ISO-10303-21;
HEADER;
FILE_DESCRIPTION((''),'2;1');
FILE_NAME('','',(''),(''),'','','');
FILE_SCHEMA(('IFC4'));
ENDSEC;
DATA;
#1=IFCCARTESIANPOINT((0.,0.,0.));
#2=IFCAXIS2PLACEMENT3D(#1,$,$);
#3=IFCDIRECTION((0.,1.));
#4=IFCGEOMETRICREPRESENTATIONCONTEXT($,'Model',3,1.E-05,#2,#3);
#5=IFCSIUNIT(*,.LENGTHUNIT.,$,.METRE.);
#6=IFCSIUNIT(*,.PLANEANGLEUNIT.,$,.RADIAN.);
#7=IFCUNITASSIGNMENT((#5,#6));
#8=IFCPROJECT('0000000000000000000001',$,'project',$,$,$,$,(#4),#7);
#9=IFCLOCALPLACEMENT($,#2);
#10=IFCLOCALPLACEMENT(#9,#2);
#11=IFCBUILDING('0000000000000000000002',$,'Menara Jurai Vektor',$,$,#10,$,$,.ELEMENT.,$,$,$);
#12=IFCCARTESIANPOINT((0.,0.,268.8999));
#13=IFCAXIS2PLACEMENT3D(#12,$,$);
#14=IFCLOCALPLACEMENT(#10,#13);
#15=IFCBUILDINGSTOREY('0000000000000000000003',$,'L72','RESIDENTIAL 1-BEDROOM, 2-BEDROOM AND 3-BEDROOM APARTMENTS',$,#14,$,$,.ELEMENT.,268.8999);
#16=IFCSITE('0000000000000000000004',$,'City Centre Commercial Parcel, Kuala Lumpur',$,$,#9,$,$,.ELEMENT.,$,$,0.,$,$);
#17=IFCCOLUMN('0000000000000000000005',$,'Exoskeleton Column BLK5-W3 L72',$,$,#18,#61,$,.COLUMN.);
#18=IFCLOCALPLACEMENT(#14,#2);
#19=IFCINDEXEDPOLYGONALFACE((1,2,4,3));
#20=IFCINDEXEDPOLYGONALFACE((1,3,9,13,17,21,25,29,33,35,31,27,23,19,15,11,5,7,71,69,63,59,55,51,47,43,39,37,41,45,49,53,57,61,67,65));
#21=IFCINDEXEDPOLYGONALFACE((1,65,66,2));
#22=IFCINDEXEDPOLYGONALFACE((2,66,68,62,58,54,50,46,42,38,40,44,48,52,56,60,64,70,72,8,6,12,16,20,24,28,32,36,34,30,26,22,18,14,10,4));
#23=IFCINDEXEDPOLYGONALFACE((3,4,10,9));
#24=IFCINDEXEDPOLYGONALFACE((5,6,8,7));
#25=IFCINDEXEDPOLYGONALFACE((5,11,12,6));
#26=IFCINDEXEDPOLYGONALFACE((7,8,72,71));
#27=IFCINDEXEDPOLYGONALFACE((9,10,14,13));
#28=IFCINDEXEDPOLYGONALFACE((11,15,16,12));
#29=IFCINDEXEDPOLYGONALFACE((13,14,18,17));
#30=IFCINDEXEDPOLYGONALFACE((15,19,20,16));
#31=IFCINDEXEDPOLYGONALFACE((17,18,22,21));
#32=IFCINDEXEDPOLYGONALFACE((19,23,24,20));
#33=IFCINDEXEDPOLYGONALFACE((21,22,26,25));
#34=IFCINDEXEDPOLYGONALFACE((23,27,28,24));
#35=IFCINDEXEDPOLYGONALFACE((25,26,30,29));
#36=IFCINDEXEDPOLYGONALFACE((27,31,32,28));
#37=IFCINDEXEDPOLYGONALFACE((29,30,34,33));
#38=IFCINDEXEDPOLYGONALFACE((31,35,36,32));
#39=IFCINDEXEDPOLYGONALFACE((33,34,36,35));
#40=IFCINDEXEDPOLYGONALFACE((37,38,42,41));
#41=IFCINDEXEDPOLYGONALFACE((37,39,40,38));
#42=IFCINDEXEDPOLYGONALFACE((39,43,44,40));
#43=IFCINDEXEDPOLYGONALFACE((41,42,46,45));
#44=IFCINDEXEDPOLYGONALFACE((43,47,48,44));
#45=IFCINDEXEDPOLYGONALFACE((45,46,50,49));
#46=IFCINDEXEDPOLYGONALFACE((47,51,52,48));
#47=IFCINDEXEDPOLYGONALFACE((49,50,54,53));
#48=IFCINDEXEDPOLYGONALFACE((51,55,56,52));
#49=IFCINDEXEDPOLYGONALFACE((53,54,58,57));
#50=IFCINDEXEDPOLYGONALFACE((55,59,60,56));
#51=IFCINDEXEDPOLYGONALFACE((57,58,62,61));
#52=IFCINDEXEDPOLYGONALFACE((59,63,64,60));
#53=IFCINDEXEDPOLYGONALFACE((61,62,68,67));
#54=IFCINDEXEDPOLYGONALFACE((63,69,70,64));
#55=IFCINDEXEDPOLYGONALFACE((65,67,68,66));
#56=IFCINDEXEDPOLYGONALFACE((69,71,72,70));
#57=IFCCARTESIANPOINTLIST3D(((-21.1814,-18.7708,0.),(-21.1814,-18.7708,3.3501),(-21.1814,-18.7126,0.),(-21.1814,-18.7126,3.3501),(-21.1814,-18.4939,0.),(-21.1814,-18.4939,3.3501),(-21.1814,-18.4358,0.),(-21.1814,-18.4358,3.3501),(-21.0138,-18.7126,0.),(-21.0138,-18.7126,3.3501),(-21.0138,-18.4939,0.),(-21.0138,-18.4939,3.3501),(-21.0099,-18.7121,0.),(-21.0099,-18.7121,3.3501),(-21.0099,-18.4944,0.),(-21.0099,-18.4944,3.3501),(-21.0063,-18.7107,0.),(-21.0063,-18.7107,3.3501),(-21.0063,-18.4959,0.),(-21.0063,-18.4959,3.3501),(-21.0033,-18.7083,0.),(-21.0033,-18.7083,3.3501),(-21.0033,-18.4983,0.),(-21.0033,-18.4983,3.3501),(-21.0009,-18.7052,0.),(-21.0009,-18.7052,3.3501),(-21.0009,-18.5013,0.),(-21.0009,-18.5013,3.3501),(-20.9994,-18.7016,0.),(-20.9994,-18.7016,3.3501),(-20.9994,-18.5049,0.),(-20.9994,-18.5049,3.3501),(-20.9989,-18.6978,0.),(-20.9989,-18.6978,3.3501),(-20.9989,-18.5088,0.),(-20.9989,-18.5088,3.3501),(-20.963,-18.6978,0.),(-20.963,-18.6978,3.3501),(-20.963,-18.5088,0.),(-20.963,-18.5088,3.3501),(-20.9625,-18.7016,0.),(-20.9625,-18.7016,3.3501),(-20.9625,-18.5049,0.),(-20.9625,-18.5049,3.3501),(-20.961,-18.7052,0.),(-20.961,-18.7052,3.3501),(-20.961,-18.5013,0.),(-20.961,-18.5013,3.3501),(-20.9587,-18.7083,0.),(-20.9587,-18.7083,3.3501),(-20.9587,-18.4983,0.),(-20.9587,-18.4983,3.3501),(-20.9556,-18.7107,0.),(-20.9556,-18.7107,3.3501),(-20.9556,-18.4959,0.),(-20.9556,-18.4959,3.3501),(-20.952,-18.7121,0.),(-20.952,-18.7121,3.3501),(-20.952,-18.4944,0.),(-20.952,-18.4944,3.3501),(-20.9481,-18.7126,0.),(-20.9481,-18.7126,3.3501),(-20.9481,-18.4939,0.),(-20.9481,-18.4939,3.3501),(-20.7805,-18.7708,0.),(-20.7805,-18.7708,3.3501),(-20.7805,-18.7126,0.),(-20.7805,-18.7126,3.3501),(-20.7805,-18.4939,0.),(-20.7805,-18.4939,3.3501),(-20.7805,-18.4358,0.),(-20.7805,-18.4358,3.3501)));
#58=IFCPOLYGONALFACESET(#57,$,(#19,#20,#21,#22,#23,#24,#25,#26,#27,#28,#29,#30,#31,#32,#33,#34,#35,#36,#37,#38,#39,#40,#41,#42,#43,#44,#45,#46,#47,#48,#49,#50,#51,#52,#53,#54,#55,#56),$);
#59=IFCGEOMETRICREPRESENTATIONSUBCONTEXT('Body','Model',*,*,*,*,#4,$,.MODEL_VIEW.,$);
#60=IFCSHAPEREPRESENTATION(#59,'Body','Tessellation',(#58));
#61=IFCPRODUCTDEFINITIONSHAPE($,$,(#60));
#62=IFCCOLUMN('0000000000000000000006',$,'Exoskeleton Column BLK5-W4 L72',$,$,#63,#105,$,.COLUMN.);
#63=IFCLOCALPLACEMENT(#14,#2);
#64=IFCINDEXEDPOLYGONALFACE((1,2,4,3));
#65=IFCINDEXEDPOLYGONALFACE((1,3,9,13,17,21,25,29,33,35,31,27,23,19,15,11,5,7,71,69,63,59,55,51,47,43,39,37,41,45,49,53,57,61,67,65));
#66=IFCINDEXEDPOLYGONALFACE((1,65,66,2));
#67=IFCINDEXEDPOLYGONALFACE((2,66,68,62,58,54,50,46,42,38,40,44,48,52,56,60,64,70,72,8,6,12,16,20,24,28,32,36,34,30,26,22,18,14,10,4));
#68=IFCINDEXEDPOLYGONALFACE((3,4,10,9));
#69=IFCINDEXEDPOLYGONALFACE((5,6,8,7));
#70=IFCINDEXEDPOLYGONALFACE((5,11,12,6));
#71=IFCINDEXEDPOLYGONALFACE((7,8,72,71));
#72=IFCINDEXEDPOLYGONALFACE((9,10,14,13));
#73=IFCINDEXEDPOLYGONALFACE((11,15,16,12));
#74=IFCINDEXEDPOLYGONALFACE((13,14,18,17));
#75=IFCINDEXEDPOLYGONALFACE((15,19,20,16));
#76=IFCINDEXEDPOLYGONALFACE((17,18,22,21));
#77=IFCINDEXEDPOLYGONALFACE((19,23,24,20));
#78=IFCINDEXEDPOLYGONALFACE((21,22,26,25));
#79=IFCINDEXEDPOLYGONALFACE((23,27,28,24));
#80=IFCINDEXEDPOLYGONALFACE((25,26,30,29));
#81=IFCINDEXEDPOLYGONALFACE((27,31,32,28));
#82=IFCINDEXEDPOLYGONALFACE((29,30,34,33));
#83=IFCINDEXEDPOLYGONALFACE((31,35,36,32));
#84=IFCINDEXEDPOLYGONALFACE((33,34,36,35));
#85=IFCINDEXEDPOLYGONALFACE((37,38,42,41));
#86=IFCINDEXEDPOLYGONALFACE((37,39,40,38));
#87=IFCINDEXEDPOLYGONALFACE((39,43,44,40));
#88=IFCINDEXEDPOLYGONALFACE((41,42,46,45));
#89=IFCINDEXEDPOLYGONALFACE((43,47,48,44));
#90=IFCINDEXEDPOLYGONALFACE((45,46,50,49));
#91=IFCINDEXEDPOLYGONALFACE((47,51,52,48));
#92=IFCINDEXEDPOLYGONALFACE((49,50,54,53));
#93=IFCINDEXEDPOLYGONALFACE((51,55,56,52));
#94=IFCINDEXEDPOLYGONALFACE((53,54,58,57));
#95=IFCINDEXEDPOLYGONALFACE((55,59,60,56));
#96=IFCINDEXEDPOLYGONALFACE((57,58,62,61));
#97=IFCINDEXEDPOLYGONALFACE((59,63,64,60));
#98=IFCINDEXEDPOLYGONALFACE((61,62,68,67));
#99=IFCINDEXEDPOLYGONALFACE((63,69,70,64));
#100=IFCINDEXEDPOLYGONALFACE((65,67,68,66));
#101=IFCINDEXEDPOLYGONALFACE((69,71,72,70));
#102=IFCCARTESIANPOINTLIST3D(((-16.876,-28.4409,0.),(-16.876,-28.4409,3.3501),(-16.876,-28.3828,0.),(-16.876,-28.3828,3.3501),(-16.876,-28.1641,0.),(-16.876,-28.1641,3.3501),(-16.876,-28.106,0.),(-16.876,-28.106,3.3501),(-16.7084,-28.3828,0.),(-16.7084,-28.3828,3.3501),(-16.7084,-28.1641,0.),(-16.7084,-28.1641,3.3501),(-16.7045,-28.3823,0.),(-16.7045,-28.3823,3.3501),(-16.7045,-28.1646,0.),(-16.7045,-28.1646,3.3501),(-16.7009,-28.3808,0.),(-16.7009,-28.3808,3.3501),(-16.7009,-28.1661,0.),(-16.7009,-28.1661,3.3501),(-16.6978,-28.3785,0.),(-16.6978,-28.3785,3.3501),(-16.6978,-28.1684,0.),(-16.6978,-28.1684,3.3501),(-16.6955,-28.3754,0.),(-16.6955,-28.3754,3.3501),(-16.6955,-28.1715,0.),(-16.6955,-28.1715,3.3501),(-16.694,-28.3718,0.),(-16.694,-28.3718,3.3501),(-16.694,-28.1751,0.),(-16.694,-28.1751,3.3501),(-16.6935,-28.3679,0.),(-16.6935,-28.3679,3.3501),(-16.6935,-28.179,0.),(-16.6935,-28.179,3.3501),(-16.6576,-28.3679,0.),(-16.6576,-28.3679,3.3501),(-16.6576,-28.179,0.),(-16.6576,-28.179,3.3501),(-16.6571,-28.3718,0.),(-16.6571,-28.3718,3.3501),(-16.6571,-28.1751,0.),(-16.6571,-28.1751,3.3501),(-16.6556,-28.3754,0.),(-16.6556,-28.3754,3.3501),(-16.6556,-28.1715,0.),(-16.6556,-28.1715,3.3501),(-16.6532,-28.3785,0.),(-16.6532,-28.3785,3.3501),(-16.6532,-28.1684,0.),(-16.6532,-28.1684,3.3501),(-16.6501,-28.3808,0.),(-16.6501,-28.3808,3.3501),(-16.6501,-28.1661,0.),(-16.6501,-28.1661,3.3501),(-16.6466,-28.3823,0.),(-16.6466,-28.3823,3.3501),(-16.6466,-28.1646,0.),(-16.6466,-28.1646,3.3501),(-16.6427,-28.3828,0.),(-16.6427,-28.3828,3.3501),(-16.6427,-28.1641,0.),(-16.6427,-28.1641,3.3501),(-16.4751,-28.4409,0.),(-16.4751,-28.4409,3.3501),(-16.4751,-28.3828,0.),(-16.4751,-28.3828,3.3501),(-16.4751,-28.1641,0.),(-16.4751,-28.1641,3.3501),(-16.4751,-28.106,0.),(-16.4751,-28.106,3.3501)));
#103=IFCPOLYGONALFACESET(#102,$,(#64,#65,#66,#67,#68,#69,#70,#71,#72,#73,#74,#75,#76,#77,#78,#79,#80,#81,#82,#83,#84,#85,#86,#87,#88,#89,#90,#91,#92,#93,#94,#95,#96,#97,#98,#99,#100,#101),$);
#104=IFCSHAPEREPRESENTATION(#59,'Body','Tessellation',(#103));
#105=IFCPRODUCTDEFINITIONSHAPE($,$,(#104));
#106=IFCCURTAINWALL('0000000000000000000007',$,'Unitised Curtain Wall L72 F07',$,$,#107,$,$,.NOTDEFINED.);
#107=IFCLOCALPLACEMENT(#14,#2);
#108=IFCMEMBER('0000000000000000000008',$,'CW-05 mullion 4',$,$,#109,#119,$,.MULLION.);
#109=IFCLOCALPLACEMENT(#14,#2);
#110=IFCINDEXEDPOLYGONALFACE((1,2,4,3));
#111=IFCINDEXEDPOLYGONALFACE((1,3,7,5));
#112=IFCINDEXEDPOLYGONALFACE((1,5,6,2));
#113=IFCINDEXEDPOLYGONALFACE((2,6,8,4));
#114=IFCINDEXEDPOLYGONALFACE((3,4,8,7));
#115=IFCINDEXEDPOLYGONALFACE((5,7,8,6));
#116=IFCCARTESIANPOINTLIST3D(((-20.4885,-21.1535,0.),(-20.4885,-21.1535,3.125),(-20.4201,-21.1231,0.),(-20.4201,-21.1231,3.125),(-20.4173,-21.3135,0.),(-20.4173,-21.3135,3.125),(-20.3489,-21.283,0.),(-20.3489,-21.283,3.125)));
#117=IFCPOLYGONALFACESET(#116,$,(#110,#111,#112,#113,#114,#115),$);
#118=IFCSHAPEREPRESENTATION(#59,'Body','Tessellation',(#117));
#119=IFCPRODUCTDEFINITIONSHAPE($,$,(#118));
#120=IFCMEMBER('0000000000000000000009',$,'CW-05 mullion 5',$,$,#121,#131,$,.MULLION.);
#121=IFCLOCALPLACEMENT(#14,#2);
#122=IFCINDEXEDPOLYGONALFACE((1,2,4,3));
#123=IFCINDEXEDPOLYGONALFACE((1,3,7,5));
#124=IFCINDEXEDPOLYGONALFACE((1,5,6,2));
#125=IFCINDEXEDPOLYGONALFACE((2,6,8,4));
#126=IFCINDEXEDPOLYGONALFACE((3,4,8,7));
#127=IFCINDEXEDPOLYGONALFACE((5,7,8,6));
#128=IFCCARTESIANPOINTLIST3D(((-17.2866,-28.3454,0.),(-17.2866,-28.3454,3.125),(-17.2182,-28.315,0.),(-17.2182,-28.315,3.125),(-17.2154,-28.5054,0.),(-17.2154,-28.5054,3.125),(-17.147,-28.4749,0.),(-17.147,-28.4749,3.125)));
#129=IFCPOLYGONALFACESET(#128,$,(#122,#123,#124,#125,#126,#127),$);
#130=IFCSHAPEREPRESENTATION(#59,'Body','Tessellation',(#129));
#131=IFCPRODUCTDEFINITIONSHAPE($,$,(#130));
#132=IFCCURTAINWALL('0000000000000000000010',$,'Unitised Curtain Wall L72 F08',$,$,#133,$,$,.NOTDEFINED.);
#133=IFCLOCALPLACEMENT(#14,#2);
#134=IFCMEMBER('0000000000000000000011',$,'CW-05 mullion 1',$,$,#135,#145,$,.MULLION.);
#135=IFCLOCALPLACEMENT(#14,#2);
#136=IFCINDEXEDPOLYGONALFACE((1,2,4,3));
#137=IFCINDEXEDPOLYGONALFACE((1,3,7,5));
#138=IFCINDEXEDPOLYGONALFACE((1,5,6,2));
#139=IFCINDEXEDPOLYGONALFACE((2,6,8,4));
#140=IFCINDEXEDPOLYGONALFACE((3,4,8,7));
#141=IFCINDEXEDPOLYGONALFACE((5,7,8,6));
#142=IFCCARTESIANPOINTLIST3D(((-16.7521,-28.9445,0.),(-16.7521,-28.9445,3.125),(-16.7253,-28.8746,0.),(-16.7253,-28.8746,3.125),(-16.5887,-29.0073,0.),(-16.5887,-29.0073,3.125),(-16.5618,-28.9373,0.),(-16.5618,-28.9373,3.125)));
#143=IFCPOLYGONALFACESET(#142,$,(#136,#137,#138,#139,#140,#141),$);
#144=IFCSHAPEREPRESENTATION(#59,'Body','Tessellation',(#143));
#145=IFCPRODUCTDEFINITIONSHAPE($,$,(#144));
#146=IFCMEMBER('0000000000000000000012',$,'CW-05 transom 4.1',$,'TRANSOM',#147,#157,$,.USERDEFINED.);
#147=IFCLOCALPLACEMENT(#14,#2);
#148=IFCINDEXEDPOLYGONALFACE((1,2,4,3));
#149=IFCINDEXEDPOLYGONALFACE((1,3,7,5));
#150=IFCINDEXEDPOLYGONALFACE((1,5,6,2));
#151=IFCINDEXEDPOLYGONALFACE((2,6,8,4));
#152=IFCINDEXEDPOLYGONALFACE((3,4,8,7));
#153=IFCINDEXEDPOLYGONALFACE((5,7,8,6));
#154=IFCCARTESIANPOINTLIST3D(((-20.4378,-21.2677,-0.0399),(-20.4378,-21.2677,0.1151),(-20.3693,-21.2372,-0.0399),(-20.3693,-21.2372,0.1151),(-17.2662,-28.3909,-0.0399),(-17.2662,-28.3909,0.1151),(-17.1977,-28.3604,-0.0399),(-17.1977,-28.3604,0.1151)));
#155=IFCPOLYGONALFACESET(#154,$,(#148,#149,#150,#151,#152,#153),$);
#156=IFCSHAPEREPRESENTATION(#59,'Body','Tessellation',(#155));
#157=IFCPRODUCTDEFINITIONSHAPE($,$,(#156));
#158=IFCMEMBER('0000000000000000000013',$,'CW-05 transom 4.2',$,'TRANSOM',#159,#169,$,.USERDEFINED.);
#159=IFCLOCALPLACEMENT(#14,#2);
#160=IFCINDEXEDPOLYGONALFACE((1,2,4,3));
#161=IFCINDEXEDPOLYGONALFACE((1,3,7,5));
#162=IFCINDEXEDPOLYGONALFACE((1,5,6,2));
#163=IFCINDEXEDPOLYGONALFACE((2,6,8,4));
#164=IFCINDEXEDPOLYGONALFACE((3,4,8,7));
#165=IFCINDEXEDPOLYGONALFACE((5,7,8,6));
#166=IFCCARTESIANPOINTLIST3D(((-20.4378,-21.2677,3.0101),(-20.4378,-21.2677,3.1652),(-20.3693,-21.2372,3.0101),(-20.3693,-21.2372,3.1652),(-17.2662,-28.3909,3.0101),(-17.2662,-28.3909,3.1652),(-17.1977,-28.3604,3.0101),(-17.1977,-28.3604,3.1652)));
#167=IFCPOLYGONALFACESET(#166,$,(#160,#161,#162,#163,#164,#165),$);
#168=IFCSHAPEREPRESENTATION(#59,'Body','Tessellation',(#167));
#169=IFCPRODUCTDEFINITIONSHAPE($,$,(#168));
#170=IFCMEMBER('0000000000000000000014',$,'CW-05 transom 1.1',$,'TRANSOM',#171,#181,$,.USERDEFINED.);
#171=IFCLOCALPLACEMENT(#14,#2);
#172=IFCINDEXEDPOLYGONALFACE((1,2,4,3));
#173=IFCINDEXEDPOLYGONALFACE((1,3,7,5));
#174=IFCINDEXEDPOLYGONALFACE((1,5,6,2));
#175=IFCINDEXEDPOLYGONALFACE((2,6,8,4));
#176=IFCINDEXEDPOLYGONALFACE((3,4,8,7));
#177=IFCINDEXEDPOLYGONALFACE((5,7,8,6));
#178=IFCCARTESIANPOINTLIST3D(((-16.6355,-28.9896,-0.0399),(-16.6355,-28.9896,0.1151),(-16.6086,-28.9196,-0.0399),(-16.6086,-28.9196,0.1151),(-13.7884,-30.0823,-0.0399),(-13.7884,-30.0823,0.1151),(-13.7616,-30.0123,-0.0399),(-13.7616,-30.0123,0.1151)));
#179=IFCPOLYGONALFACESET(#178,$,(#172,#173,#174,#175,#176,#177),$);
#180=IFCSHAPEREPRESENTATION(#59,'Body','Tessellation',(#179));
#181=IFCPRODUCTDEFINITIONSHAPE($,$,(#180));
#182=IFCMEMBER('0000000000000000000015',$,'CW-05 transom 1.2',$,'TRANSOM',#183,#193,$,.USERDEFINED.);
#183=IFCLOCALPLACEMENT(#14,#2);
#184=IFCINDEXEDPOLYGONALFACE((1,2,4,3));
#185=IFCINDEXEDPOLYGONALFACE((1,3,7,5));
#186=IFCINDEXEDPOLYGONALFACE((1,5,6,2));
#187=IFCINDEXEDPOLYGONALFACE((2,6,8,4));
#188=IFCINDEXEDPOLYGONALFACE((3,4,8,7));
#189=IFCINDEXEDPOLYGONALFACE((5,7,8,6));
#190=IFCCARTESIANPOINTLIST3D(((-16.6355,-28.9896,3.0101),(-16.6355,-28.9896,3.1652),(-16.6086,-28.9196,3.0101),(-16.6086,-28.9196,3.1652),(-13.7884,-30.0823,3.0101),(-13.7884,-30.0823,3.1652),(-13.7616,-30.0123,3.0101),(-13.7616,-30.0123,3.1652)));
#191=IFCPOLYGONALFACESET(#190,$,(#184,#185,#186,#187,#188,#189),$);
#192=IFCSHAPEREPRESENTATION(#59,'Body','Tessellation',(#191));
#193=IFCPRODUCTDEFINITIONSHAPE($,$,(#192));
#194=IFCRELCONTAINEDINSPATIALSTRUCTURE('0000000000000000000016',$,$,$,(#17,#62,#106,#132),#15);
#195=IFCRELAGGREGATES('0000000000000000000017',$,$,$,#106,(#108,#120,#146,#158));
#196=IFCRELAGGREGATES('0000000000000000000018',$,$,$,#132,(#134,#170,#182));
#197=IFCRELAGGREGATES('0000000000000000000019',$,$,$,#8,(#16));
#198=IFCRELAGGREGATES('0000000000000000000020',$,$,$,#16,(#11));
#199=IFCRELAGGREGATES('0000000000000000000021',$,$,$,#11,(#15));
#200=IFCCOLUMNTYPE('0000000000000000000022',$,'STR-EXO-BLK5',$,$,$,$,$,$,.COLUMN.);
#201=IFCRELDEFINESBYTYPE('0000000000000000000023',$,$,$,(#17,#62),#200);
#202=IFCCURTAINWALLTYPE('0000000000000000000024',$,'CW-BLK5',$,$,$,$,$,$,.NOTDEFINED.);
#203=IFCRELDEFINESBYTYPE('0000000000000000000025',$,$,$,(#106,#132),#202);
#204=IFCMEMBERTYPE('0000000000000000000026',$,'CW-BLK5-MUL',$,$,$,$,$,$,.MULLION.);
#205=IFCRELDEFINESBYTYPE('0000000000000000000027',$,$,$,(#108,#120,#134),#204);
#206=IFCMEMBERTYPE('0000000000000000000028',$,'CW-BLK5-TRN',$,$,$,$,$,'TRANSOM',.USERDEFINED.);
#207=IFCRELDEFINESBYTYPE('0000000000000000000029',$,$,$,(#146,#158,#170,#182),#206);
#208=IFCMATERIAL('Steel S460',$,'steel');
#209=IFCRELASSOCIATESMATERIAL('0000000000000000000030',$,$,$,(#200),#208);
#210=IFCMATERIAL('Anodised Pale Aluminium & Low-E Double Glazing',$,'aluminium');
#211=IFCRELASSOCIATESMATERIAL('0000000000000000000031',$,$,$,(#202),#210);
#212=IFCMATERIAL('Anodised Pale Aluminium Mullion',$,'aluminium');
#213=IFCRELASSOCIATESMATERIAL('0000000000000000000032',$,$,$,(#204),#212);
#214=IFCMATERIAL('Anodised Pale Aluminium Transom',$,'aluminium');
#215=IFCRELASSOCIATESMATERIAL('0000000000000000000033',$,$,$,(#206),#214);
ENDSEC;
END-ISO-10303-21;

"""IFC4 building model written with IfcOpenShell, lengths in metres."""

from ifc_helpers import new_model, si_unit, direction, frame, origin, origin_2d, place, context, subcontext, project, spatial, rectangle, i_section, extrude, material, material_profile, profile_set, type_object, element, aggregate, save


model = new_model("IFC4")

# Units and contexts
model_context = context("Model", 3, precision=1e-05, world=origin(), true_north=direction((0.0, 1.0)))
body_context = subcontext(model_context, "Body", "Model", "MODEL_VIEW")
ifc_project = project(units=[si_unit("LENGTHUNIT", "METRE"), si_unit("PLANEANGLEUNIT", "RADIAN")], contexts=[model_context])

# Site, building, storey
site_placement = place(None, origin())
site = spatial("IfcSite", under=ifc_project, at=site_placement, Name="City Centre Commercial Parcel, Kuala Lumpur", CompositionType="ELEMENT", RefElevation=0.0)
building_placement = place(site_placement, origin())
building = spatial("IfcBuilding", under=site, at=building_placement, Name="Menara Jurai Vektor", CompositionType="ELEMENT")
storey_placement = place(building_placement, frame((0.0, 0.0, 268.8999)))
storey = spatial("IfcBuildingStorey", under=building, at=storey_placement, Name="L72", Description="RESIDENTIAL 1-BEDROOM, 2-BEDROOM AND 3-BEDROOM APARTMENTS", CompositionType="ELEMENT", Elevation=268.8999)

# Columns
ifc_material_1 = material(Name="Steel S460", Category="steel")
ifc_material_profile_1 = material_profile(ifc_material_1, i_section(OverallWidth=0.4009, OverallDepth=0.335, WebThickness=0.0359, FlangeThickness=0.0581, FilletRadius=0.0149, at=origin_2d()), Name="HD 400x463")
ifc_profile_set_1 = profile_set([ifc_material_profile_1], Name="Steel S460")
column_type = type_object("IfcColumnType", Name="STR-EXO-BLK5", PredefinedType="COLUMN", material=ifc_profile_set_1)
for number, where, z_axis, x_axis, name in (
    (1, (-20.981, -18.6033, 0.0), (0.0, 0.0, 1.0), (1.0, 0.0, 0.0), "Exoskeleton Column BLK5-W3 L72"),
    (2, (-16.6755, -28.2734, 0.0), (0.0, 0.0, 1.0), (1.0, 0.0, 0.0), "Exoskeleton Column BLK5-W4 L72"),
):
    element("IfcColumn", number, at=place(storey_placement, frame(where, z_axis=z_axis, x_axis=x_axis)), inside=storey, type_object=column_type, Name=name, PredefinedType="COLUMN", context=body_context, shape_type="SweptSolid", body=[
        extrude(i_section(OverallWidth=0.4009, OverallDepth=0.335, WebThickness=0.0359, FlangeThickness=0.0581, FilletRadius=0.0149, at=origin_2d()), origin(), (0.0, 0.0, 1.0), 3.3501),
    ])

# Curtain wall, members
ifc_material_2 = material(Name="Anodised Pale Aluminium & Low-E Double Glazing", Category="aluminium")
curtain_wall_type = type_object("IfcCurtainWallType", Name="CW-BLK5", PredefinedType="NOTDEFINED", material=ifc_material_2)
curtain_wall_1_placement = place(storey_placement, origin())
curtain_wall_1 = element("IfcCurtainWall", 3, at=curtain_wall_1_placement, inside=storey, type_object=curtain_wall_type, Name="Unitised Curtain Wall L72 F07", PredefinedType="NOTDEFINED")
ifc_material_3 = material(Name="Anodised Pale Aluminium Mullion", Category="aluminium")
ifc_material_profile_2 = material_profile(ifc_material_3, rectangle(XDim=0.075, YDim=0.175, at=origin_2d()), Name="ALU MUL 75x175")
ifc_profile_set_2 = profile_set([ifc_material_profile_2], Name="Anodised Pale Aluminium Mullion")
member_type_1 = type_object("IfcMemberType", Name="CW-BLK5-MUL", PredefinedType="MULLION", material=ifc_profile_set_2)
member_1_placement = place(storey_placement, frame((-20.4187, -21.2183, 0.0), z_axis=(0.0, 0.0, 1.0), x_axis=(0.913546, 0.406735, 0.0)))
member_1 = element("IfcMember", 4, at=member_1_placement, type_object=member_type_1, Name="CW-05 mullion 4", PredefinedType="MULLION", context=body_context, shape_type="SweptSolid", body=[
    extrude(rectangle(XDim=0.075, YDim=0.175, at=origin_2d()), origin(), (0.0, 0.0, 1.0), 3.125),
])
member_2_placement = place(storey_placement, frame((-17.2168, -28.4102, 0.0), z_axis=(0.0, 0.0, 1.0), x_axis=(0.913546, 0.406735, 0.0)))
member_2 = element("IfcMember", 5, at=member_2_placement, type_object=member_type_1, Name="CW-05 mullion 5", PredefinedType="MULLION", context=body_context, shape_type="SweptSolid", body=[
    extrude(rectangle(XDim=0.075, YDim=0.175, at=origin_2d()), origin(), (0.0, 0.0, 1.0), 3.125),
])

# Curtain wall, member
curtain_wall_2_placement = place(storey_placement, origin())
curtain_wall_2 = element("IfcCurtainWall", 6, at=curtain_wall_2_placement, inside=storey, type_object=curtain_wall_type, Name="Unitised Curtain Wall L72 F08", PredefinedType="NOTDEFINED")
member_3_placement = place(storey_placement, frame((-16.657, -28.9409, 0.0), z_axis=(0.0, 0.0, 1.0), x_axis=(0.358374, 0.933578, 0.0)))
member_3 = element("IfcMember", 7, at=member_3_placement, type_object=member_type_1, Name="CW-05 mullion 1", PredefinedType="MULLION", context=body_context, shape_type="SweptSolid", body=[
    extrude(rectangle(XDim=0.075, YDim=0.175, at=origin_2d()), origin(), (0.0, 0.0, 1.0), 3.125),
])

# Members
ifc_material_4 = material(Name="Anodised Pale Aluminium Transom", Category="aluminium")
ifc_material_profile_3 = material_profile(ifc_material_4, rectangle(XDim=0.075, YDim=0.155, at=origin_2d()), Name="ALU TRN 75x155")
ifc_profile_set_3 = profile_set([ifc_material_profile_3], Name="Anodised Pale Aluminium Transom")
member_type_2 = type_object("IfcMemberType", Name="CW-BLK5-TRN", ElementType="TRANSOM", PredefinedType="USERDEFINED", material=ifc_profile_set_3)
member_4_placement = place(storey_placement, frame((-20.4036, -21.2524, 0.0376), z_axis=(0.406751, -0.913539, 0.0), x_axis=(0.913539, 0.406751, 0.0)))
member_4 = element("IfcMember", 8, at=member_4_placement, type_object=member_type_2, Name="CW-05 transom 4.1", ObjectType="TRANSOM", PredefinedType="USERDEFINED", context=body_context, shape_type="SweptSolid", body=[
    extrude(rectangle(XDim=0.075, YDim=0.155, at=origin_2d()), origin(), (0.0, 0.0, 1.0), 7.7974),
])
member_5_placement = place(storey_placement, frame((-20.4036, -21.2524, 3.0876), z_axis=(0.406751, -0.913539, 0.0), x_axis=(0.913539, 0.406751, 0.0)))
member_5 = element("IfcMember", 9, at=member_5_placement, type_object=member_type_2, Name="CW-05 transom 4.2", ObjectType="TRANSOM", PredefinedType="USERDEFINED", context=body_context, shape_type="SweptSolid", body=[
    extrude(rectangle(XDim=0.075, YDim=0.155, at=origin_2d()), origin(), (0.0, 0.0, 1.0), 7.7974),
])
member_6_placement = place(storey_placement, frame((-16.6221, -28.9546, 0.0376), z_axis=(0.933597, -0.358325, 0.0), x_axis=(0.358325, 0.933597, 0.0)))
member_6 = element("IfcMember", 10, at=member_6_placement, type_object=member_type_2, Name="CW-05 transom 1.1", ObjectType="TRANSOM", PredefinedType="USERDEFINED", context=body_context, shape_type="SweptSolid", body=[
    extrude(rectangle(XDim=0.075, YDim=0.155, at=origin_2d()), origin(), (0.0, 0.0, 1.0), 3.0496),
])
member_7_placement = place(storey_placement, frame((-16.6221, -28.9546, 3.0876), z_axis=(0.933597, -0.358325, 0.0), x_axis=(0.358325, 0.933597, 0.0)))
member_7 = element("IfcMember", 11, at=member_7_placement, type_object=member_type_2, Name="CW-05 transom 1.2", ObjectType="TRANSOM", PredefinedType="USERDEFINED", context=body_context, shape_type="SweptSolid", body=[
    extrude(rectangle(XDim=0.075, YDim=0.155, at=origin_2d()), origin(), (0.0, 0.0, 1.0), 3.0496),
])

aggregate(curtain_wall_1, [member_1, member_2, member_4, member_5])
aggregate(curtain_wall_2, [member_3, member_6, member_7])

save(model, "model.ifc")
